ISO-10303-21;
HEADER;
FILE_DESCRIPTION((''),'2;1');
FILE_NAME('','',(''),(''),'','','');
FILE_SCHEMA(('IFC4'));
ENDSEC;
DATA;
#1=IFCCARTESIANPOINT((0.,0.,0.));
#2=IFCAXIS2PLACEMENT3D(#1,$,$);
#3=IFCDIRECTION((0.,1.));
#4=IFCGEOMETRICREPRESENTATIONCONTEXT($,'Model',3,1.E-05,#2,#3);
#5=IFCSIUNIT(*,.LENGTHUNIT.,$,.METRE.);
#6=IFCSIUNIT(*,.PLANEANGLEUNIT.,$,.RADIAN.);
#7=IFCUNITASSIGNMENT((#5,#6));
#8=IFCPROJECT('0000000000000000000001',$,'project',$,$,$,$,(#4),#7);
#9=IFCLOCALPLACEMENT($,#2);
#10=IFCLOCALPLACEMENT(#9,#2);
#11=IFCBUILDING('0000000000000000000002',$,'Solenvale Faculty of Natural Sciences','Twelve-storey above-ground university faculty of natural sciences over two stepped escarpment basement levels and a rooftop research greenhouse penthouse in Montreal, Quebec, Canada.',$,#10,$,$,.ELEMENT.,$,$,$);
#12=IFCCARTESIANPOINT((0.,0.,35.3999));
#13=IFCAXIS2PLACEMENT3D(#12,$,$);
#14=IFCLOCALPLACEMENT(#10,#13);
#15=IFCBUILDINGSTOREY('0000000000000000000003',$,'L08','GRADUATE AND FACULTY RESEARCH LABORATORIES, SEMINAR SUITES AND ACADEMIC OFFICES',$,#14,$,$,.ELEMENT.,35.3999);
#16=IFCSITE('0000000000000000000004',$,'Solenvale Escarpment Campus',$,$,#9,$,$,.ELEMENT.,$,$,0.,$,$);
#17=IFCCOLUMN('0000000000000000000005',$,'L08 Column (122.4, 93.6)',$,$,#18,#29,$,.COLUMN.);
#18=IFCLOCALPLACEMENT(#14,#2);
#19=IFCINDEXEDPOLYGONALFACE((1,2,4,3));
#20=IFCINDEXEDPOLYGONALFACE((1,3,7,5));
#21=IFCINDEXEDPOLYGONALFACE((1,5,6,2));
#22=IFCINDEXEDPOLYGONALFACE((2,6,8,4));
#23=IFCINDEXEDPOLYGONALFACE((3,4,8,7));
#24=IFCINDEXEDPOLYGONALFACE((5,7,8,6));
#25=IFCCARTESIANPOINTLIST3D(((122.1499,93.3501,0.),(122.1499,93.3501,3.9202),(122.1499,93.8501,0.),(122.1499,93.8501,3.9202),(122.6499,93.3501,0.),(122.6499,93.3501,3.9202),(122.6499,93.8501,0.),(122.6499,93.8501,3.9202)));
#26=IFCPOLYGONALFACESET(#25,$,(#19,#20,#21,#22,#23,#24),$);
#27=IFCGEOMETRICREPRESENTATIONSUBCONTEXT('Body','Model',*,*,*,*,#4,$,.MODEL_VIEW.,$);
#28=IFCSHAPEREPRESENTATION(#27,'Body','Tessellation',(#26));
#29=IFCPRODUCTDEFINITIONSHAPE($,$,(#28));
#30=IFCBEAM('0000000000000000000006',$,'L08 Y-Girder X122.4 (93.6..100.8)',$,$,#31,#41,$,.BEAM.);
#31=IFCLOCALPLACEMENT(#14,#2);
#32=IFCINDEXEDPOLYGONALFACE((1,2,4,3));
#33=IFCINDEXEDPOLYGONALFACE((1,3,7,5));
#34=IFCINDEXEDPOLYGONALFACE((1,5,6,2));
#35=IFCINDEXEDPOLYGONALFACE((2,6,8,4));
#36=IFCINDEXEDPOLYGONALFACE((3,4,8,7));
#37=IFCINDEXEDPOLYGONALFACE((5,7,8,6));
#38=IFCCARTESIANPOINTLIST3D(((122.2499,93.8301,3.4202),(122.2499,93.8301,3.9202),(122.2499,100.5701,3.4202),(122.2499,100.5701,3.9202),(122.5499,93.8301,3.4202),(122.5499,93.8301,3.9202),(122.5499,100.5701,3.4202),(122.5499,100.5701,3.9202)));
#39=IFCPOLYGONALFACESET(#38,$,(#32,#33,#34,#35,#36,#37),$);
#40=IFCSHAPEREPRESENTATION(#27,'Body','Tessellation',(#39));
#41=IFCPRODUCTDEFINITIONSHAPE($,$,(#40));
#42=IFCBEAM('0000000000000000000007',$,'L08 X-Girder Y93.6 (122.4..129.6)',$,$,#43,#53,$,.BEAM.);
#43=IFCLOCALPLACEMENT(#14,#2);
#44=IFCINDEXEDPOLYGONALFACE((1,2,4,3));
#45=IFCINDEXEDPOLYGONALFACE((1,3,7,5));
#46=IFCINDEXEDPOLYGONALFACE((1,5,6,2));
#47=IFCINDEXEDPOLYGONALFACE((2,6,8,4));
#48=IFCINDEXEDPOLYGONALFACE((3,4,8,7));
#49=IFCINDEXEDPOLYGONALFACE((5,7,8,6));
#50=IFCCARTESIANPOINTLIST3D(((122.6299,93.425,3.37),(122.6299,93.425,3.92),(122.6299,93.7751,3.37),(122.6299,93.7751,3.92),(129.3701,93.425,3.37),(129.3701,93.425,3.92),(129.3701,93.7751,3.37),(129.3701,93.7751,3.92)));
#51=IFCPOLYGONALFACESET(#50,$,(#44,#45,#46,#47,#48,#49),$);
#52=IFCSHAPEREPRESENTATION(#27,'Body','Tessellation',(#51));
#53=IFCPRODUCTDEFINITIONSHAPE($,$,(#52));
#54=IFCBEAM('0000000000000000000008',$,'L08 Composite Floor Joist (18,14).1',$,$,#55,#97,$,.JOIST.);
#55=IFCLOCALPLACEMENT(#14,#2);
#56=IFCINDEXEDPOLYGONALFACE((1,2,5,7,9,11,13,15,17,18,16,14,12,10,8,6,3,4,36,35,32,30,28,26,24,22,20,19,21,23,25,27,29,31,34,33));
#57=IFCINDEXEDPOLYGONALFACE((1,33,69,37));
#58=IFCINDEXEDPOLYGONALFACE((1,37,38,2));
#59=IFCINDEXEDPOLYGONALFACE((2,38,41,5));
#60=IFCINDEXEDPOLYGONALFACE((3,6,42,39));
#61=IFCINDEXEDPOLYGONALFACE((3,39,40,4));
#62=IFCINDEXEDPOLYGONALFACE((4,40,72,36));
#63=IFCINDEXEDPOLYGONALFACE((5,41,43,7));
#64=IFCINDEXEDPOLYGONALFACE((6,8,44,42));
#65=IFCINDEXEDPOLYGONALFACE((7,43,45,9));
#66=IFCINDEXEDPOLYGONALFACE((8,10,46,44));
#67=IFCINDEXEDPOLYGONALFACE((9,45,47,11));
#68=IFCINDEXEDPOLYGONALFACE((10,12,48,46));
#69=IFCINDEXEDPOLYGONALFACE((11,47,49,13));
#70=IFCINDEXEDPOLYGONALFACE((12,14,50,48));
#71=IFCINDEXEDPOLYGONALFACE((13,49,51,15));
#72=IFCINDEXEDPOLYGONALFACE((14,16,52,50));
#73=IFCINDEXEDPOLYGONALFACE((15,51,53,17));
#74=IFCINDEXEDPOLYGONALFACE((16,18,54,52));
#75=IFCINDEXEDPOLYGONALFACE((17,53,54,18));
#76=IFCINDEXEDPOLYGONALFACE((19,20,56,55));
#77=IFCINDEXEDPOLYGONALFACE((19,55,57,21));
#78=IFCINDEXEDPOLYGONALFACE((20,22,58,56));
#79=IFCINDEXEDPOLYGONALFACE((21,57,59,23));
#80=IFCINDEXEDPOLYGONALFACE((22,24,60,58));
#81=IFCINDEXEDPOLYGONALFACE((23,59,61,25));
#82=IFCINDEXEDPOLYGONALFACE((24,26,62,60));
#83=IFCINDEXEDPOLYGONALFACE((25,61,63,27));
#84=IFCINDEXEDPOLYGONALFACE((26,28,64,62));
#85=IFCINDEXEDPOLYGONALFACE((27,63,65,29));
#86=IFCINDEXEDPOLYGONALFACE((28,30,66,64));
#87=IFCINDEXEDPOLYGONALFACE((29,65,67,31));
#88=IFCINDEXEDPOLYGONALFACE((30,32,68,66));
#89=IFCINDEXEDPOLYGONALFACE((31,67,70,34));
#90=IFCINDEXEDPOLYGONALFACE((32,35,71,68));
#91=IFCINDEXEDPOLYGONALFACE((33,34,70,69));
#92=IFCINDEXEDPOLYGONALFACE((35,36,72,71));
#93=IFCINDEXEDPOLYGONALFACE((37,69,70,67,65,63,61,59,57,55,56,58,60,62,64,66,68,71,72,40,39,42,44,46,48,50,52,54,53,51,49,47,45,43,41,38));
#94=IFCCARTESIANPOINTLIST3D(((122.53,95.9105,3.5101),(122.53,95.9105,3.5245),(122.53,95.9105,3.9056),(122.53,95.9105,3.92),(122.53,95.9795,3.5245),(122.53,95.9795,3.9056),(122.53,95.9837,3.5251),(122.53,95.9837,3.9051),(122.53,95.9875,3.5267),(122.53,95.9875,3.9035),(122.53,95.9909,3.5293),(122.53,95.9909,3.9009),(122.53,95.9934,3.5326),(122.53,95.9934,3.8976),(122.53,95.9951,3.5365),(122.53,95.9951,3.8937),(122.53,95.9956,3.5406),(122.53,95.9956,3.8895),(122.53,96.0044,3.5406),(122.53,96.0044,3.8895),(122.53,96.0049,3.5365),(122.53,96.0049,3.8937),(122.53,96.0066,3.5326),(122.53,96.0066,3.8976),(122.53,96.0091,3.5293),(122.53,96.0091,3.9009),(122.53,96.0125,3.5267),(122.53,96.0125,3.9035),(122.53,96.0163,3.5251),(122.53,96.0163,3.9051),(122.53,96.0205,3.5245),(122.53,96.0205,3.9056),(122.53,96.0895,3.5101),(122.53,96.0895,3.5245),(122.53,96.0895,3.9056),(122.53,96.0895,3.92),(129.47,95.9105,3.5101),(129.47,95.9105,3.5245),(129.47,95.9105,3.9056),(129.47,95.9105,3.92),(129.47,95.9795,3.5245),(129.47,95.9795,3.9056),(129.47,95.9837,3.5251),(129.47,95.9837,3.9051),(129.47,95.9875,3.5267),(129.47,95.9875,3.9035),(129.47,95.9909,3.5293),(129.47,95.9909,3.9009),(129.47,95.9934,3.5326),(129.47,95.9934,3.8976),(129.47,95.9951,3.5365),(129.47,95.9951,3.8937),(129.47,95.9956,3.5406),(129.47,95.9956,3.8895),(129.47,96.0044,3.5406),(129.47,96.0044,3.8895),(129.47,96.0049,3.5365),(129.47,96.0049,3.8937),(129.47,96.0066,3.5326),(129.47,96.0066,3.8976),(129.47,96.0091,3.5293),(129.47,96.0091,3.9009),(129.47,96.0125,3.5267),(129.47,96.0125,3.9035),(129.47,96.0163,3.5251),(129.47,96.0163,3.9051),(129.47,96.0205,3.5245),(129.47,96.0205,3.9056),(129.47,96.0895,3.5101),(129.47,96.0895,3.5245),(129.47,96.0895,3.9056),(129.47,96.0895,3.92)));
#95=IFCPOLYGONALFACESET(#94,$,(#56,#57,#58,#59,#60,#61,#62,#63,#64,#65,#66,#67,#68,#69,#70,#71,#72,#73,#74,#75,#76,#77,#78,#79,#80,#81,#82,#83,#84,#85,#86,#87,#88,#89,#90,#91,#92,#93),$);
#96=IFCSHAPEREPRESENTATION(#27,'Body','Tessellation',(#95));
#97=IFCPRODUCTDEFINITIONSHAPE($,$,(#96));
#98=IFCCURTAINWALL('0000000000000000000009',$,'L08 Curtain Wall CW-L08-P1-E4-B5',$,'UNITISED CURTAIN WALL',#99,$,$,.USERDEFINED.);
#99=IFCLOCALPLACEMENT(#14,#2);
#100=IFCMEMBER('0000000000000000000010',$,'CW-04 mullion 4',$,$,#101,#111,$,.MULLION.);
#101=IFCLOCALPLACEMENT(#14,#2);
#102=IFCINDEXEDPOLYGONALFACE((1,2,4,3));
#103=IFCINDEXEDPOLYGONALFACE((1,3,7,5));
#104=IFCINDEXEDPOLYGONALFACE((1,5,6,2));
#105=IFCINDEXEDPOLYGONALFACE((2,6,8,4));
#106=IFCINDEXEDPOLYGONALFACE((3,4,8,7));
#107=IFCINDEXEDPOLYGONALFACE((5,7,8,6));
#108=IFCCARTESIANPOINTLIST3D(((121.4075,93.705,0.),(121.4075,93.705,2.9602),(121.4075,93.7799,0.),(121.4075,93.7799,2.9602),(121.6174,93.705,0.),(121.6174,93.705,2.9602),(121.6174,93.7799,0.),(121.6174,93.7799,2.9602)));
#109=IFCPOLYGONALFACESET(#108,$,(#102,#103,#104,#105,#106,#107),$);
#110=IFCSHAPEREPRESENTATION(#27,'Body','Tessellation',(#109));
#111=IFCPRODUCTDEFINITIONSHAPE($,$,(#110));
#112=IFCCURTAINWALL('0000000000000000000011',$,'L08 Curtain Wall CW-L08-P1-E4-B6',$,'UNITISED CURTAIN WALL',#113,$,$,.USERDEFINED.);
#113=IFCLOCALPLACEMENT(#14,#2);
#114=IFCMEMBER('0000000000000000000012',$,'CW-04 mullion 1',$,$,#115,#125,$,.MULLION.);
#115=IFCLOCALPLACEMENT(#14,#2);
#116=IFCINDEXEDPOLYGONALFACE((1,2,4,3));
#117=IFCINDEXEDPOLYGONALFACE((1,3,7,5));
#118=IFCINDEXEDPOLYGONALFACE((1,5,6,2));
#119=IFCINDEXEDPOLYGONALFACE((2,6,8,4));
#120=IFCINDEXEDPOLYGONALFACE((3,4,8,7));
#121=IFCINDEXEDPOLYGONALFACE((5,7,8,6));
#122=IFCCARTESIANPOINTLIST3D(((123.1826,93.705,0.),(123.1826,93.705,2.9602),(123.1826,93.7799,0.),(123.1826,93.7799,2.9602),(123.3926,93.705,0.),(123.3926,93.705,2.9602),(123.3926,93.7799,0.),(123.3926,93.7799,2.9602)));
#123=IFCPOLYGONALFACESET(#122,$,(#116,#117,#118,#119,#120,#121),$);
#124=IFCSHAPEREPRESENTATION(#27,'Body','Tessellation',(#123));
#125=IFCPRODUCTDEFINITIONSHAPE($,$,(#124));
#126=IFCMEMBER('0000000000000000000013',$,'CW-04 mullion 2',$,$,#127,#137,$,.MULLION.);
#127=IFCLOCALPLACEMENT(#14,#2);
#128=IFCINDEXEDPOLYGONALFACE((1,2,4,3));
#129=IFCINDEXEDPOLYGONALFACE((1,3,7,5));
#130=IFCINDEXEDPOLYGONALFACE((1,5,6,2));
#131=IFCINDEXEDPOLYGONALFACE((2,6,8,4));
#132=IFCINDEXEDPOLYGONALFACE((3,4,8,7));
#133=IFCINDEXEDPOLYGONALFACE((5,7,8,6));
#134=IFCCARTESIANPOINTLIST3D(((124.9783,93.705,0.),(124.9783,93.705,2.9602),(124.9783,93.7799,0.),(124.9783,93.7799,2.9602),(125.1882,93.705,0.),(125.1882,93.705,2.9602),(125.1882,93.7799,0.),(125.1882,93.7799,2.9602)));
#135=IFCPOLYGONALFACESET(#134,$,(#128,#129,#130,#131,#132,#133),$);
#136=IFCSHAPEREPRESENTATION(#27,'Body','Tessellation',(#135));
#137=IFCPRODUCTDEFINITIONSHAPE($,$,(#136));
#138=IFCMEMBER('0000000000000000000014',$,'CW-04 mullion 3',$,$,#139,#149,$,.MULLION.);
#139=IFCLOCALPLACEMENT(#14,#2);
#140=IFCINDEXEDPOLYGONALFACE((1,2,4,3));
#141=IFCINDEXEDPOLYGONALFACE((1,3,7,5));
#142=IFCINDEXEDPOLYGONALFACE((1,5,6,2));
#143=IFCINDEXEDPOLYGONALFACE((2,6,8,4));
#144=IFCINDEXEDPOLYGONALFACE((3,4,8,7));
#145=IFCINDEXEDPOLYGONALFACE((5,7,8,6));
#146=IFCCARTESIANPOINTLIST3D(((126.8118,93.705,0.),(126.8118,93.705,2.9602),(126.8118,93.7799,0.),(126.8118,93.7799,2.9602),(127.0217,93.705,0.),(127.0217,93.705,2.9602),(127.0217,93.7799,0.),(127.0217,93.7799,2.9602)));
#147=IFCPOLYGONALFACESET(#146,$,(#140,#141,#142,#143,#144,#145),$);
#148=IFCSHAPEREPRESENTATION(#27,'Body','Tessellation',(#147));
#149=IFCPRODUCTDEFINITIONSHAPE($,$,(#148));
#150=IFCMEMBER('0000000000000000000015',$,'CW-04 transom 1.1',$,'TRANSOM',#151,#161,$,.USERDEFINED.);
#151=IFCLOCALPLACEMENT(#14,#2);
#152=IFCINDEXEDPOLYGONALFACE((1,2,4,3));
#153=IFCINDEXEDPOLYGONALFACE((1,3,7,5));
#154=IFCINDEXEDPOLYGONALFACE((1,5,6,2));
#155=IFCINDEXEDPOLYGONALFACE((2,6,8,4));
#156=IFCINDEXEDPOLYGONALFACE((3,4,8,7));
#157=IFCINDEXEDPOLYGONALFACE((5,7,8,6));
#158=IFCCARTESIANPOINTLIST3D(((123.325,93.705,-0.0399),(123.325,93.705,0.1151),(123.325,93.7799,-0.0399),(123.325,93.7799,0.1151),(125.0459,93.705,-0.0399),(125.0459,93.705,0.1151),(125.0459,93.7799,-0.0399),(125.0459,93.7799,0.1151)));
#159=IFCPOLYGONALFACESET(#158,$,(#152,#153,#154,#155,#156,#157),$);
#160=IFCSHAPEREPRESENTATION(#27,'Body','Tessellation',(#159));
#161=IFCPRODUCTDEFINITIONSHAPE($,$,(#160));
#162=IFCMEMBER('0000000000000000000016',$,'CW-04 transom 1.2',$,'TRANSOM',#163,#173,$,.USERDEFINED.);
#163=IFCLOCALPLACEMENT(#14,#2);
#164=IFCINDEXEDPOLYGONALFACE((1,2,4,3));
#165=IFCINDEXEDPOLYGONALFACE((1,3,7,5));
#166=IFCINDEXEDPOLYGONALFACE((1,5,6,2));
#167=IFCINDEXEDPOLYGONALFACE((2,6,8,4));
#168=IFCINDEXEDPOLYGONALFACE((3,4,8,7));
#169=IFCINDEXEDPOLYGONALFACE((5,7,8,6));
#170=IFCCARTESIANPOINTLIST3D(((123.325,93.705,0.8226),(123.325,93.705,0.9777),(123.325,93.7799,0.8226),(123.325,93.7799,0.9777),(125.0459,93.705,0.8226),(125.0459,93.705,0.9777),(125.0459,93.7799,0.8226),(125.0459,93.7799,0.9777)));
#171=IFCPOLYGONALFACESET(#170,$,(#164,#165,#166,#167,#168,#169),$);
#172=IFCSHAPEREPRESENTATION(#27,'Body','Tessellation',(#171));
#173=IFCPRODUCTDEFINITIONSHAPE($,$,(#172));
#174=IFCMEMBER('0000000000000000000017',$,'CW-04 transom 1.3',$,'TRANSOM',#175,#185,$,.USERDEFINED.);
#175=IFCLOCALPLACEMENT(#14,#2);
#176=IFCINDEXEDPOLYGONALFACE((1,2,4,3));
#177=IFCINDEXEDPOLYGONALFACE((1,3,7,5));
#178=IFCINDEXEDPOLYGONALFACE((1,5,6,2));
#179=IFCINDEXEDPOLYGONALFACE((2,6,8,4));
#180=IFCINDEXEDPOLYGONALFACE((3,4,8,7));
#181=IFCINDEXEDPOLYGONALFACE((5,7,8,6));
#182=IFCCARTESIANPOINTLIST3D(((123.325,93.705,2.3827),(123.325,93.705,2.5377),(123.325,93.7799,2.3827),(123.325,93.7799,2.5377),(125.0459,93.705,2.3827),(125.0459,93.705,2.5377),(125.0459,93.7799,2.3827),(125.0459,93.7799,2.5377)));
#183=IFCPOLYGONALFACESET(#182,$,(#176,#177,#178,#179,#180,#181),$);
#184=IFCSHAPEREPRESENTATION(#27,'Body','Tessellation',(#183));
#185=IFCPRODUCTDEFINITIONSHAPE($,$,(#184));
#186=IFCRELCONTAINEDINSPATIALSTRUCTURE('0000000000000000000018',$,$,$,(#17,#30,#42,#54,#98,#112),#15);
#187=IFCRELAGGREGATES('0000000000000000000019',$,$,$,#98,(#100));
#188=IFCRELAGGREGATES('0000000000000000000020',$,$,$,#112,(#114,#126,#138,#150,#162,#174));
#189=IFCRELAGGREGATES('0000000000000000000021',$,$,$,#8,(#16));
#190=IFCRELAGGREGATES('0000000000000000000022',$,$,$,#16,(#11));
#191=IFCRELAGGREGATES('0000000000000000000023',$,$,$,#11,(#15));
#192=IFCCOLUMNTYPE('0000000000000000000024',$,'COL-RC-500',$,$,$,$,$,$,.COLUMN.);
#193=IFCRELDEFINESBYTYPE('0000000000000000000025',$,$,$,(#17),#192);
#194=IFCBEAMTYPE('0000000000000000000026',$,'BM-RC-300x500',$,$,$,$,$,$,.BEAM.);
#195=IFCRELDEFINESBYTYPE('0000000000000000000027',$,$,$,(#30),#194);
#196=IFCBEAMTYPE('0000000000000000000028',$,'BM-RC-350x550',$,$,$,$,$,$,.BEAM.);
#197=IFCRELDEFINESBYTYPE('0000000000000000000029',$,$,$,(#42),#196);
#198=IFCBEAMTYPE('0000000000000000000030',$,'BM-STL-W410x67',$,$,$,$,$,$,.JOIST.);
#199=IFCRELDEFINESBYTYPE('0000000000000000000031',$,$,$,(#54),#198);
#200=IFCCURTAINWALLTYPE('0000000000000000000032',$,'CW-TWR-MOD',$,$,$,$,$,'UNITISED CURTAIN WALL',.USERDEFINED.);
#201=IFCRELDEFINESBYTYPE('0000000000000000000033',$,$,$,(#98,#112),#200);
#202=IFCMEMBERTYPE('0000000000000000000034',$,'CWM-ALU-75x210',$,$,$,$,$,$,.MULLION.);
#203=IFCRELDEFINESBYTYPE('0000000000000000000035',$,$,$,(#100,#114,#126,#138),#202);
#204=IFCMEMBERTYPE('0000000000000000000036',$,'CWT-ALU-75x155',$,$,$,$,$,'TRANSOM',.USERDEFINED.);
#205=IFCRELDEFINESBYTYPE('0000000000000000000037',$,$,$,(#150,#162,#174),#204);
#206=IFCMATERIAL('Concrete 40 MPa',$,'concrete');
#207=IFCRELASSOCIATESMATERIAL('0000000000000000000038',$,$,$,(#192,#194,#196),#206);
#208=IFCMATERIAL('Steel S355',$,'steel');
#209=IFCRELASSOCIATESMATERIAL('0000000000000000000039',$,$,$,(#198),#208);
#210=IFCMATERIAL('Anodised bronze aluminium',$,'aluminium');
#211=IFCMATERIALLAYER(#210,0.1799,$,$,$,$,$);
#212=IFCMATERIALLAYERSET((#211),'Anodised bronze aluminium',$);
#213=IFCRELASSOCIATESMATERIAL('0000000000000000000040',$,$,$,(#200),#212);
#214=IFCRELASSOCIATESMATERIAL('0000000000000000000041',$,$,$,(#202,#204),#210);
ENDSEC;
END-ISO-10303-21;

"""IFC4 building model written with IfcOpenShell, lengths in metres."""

from ifc_helpers import new_model, si_unit, direction, frame, origin, origin_2d, place, context, subcontext, project, spatial, rectangle, i_section, extrude, material, layer, layer_set, material_profile, profile_set, type_object, element, aggregate, save


model = new_model("IFC4")

# Units and contexts
model_context = context("Model", 3, precision=1e-05, world=origin(), true_north=direction((0.0, 1.0)))
body_context = subcontext(model_context, "Body", "Model", "MODEL_VIEW")
ifc_project = project(units=[si_unit("LENGTHUNIT", "METRE"), si_unit("PLANEANGLEUNIT", "RADIAN")], contexts=[model_context])

# Site, building, storey
site_placement = place(None, origin())
site = spatial("IfcSite", under=ifc_project, at=site_placement, Name="Solenvale Escarpment Campus", CompositionType="ELEMENT", RefElevation=0.0)
building_placement = place(site_placement, origin())
building = spatial("IfcBuilding", under=site, at=building_placement, Name="Solenvale Faculty of Natural Sciences", Description="Twelve-storey above-ground university faculty of natural sciences over two stepped escarpment basement levels and a rooftop research greenhouse penthouse in Montreal, Quebec, Canada.", CompositionType="ELEMENT")
storey_placement = place(building_placement, frame((0.0, 0.0, 35.3999)))
storey = spatial("IfcBuildingStorey", under=building, at=storey_placement, Name="L08", Description="GRADUATE AND FACULTY RESEARCH LABORATORIES, SEMINAR SUITES AND ACADEMIC OFFICES", CompositionType="ELEMENT", Elevation=35.3999)

# Column
ifc_material_1 = material(Name="Concrete 40 MPa", Category="concrete")
ifc_material_profile_1 = material_profile(ifc_material_1, rectangle(XDim=0.5, YDim=0.5, at=origin_2d()), Name="RC-COL-500x500")
ifc_profile_set_1 = profile_set([ifc_material_profile_1], Name="Concrete 40 MPa")
column_type = type_object("IfcColumnType", Name="COL-RC-500", PredefinedType="COLUMN", material=ifc_profile_set_1)
column_placement = place(storey_placement, frame((122.3999, 93.6001, 0.0), z_axis=(0.0, 0.0, 1.0), x_axis=(1.0, 0.0, 0.0)))
element("IfcColumn", 1, at=column_placement, inside=storey, type_object=column_type, Name="L08 Column (122.4, 93.6)", PredefinedType="COLUMN", context=body_context, shape_type="SweptSolid", body=[
    extrude(rectangle(XDim=0.5, YDim=0.5, at=origin_2d()), origin(), (0.0, 0.0, 1.0), 3.9202),
])

# Beams
ifc_material_profile_2 = material_profile(ifc_material_1, rectangle(XDim=0.3, YDim=0.5, at=origin_2d()), Name="RC-BM-300x500")
ifc_profile_set_2 = profile_set([ifc_material_profile_2], Name="Concrete 40 MPa")
beam_type_1 = type_object("IfcBeamType", Name="BM-RC-300x500", PredefinedType="BEAM", material=ifc_profile_set_2)
beam_1_placement = place(storey_placement, frame((122.3999, 93.8301, 3.6702), z_axis=(0.0, 1.0, 0.0), x_axis=(-1.0, 0.0, 0.0)))
element("IfcBeam", 2, at=beam_1_placement, inside=storey, type_object=beam_type_1, Name="L08 Y-Girder X122.4 (93.6..100.8)", PredefinedType="BEAM", context=body_context, shape_type="SweptSolid", body=[
    extrude(rectangle(XDim=0.3, YDim=0.5, at=origin_2d()), origin(), (0.0, 0.0, 1.0), 6.74),
])
ifc_material_profile_3 = material_profile(ifc_material_1, rectangle(XDim=0.3501, YDim=0.55, at=origin_2d()), Name="RC-BM-350x550")
ifc_profile_set_3 = profile_set([ifc_material_profile_3], Name="Concrete 40 MPa")
beam_type_2 = type_object("IfcBeamType", Name="BM-RC-350x550", PredefinedType="BEAM", material=ifc_profile_set_3)
beam_2_placement = place(storey_placement, frame((122.6299, 93.6001, 3.645), z_axis=(1.0, 0.0, 0.0), x_axis=(0.0, 1.0, 0.0)))
element("IfcBeam", 3, at=beam_2_placement, inside=storey, type_object=beam_type_2, Name="L08 X-Girder Y93.6 (122.4..129.6)", PredefinedType="BEAM", context=body_context, shape_type="SweptSolid", body=[
    extrude(rectangle(XDim=0.3501, YDim=0.55, at=origin_2d()), origin(), (0.0, 0.0, 1.0), 6.7402),
])
ifc_material_2 = material(Name="Steel S355", Category="steel")
ifc_material_profile_4 = material_profile(ifc_material_2, i_section(OverallWidth=0.179, OverallDepth=0.4099, WebThickness=0.0088, FlangeThickness=0.0144, FilletRadius=0.0161, at=origin_2d()), Name="W410x67")
ifc_profile_set_4 = profile_set([ifc_material_profile_4], Name="Steel S355")
beam_type_3 = type_object("IfcBeamType", Name="BM-STL-W410x67", PredefinedType="JOIST", material=ifc_profile_set_4)
beam_3_placement = place(storey_placement, frame((122.53, 96.0, 3.7151), z_axis=(1.0, 0.0, 0.0), x_axis=(0.0, 1.0, 0.0)))
element("IfcBeam", 4, at=beam_3_placement, inside=storey, type_object=beam_type_3, Name="L08 Composite Floor Joist (18,14).1", PredefinedType="JOIST", context=body_context, shape_type="SweptSolid", body=[
    extrude(i_section(OverallWidth=0.179, OverallDepth=0.4099, WebThickness=0.0088, FlangeThickness=0.0144, FilletRadius=0.0161, at=origin_2d()), origin(), (0.0, 0.0, 1.0), 6.9399),
])

# Curtain wall, member
ifc_material_3 = material(Name="Anodised bronze aluminium", Category="aluminium")
ifc_layer_1 = layer(ifc_material_3, 0.1799)
ifc_layer_set_1 = layer_set([ifc_layer_1], Name="Anodised bronze aluminium")
curtain_wall_type = type_object("IfcCurtainWallType", Name="CW-TWR-MOD", ElementType="UNITISED CURTAIN WALL", PredefinedType="USERDEFINED", material=ifc_layer_set_1)
curtain_wall_1_placement = place(storey_placement, origin())
curtain_wall_1 = element("IfcCurtainWall", 5, at=curtain_wall_1_placement, inside=storey, type_object=curtain_wall_type, Name="L08 Curtain Wall CW-L08-P1-E4-B5", ObjectType="UNITISED CURTAIN WALL", PredefinedType="USERDEFINED")
ifc_material_profile_5 = material_profile(ifc_material_3, rectangle(XDim=0.075, YDim=0.21, at=origin_2d()), Name="ALU-MUL-75x210")
ifc_profile_set_5 = profile_set([ifc_material_profile_5], Name="Anodised bronze aluminium")
member_type_1 = type_object("IfcMemberType", Name="CWM-ALU-75x210", PredefinedType="MULLION", material=ifc_profile_set_5)
member_1_placement = place(storey_placement, frame((121.5125, 93.7424, 0.0), z_axis=(0.0, 0.0, 1.0), x_axis=(0.0, 1.0, 0.0)))
member_1 = element("IfcMember", 6, at=member_1_placement, type_object=member_type_1, Name="CW-04 mullion 4", PredefinedType="MULLION", context=body_context, shape_type="SweptSolid", body=[
    extrude(rectangle(XDim=0.075, YDim=0.21, at=origin_2d()), origin(), (0.0, 0.0, 1.0), 2.9602),
])
aggregate(curtain_wall_1, [member_1])

# Curtain wall, members
curtain_wall_2_placement = place(storey_placement, origin())
curtain_wall_2 = element("IfcCurtainWall", 7, at=curtain_wall_2_placement, inside=storey, type_object=curtain_wall_type, Name="L08 Curtain Wall CW-L08-P1-E4-B6", ObjectType="UNITISED CURTAIN WALL", PredefinedType="USERDEFINED")
member_2_placement = place(storey_placement, frame((123.2876, 93.7424, 0.0), z_axis=(0.0, 0.0, 1.0), x_axis=(0.0, 1.0, 0.0)))
member_2 = element("IfcMember", 8, at=member_2_placement, type_object=member_type_1, Name="CW-04 mullion 1", PredefinedType="MULLION", context=body_context, shape_type="SweptSolid", body=[
    extrude(rectangle(XDim=0.075, YDim=0.21, at=origin_2d()), origin(), (0.0, 0.0, 1.0), 2.9602),
])
member_3_placement = place(storey_placement, frame((125.0833, 93.7424, 0.0), z_axis=(0.0, 0.0, 1.0), x_axis=(0.0, 1.0, 0.0)))
member_3 = element("IfcMember", 9, at=member_3_placement, type_object=member_type_1, Name="CW-04 mullion 2", PredefinedType="MULLION", context=body_context, shape_type="SweptSolid", body=[
    extrude(rectangle(XDim=0.075, YDim=0.21, at=origin_2d()), origin(), (0.0, 0.0, 1.0), 2.9602),
])
member_4_placement = place(storey_placement, frame((126.9167, 93.7424, 0.0), z_axis=(0.0, 0.0, 1.0), x_axis=(0.0, 1.0, 0.0)))
member_4 = element("IfcMember", 10, at=member_4_placement, type_object=member_type_1, Name="CW-04 mullion 3", PredefinedType="MULLION", context=body_context, shape_type="SweptSolid", body=[
    extrude(rectangle(XDim=0.075, YDim=0.21, at=origin_2d()), origin(), (0.0, 0.0, 1.0), 2.9602),
])
ifc_material_profile_6 = material_profile(ifc_material_3, rectangle(XDim=0.075, YDim=0.155, at=origin_2d()), Name="ALU-TRN-75x155")
ifc_profile_set_6 = profile_set([ifc_material_profile_6], Name="Anodised bronze aluminium")
member_type_2 = type_object("IfcMemberType", Name="CWT-ALU-75x155", ElementType="TRANSOM", PredefinedType="USERDEFINED", material=ifc_profile_set_6)
member_5_placement = place(storey_placement, frame((123.325, 93.7424, 0.0376), z_axis=(1.0, 0.0, 0.0), x_axis=(0.0, 1.0, 0.0)))
member_5 = element("IfcMember", 11, at=member_5_placement, type_object=member_type_2, Name="CW-04 transom 1.1", ObjectType="TRANSOM", PredefinedType="USERDEFINED", context=body_context, shape_type="SweptSolid", body=[
    extrude(rectangle(XDim=0.075, YDim=0.155, at=origin_2d()), origin(), (0.0, 0.0, 1.0), 1.7209),
])
member_6_placement = place(storey_placement, frame((123.325, 93.7424, 0.9001), z_axis=(1.0, 0.0, 0.0), x_axis=(0.0, 1.0, 0.0)))
member_6 = element("IfcMember", 12, at=member_6_placement, type_object=member_type_2, Name="CW-04 transom 1.2", ObjectType="TRANSOM", PredefinedType="USERDEFINED", context=body_context, shape_type="SweptSolid", body=[
    extrude(rectangle(XDim=0.075, YDim=0.155, at=origin_2d()), origin(), (0.0, 0.0, 1.0), 1.7209),
])
member_7_placement = place(storey_placement, frame((123.325, 93.7424, 2.4602), z_axis=(1.0, 0.0, 0.0), x_axis=(0.0, 1.0, 0.0)))
member_7 = element("IfcMember", 13, at=member_7_placement, type_object=member_type_2, Name="CW-04 transom 1.3", ObjectType="TRANSOM", PredefinedType="USERDEFINED", context=body_context, shape_type="SweptSolid", body=[
    extrude(rectangle(XDim=0.075, YDim=0.155, at=origin_2d()), origin(), (0.0, 0.0, 1.0), 1.7209),
])
aggregate(curtain_wall_2, [member_2, member_3, member_4, member_5, member_6, member_7])

save(model, "model.ifc")
